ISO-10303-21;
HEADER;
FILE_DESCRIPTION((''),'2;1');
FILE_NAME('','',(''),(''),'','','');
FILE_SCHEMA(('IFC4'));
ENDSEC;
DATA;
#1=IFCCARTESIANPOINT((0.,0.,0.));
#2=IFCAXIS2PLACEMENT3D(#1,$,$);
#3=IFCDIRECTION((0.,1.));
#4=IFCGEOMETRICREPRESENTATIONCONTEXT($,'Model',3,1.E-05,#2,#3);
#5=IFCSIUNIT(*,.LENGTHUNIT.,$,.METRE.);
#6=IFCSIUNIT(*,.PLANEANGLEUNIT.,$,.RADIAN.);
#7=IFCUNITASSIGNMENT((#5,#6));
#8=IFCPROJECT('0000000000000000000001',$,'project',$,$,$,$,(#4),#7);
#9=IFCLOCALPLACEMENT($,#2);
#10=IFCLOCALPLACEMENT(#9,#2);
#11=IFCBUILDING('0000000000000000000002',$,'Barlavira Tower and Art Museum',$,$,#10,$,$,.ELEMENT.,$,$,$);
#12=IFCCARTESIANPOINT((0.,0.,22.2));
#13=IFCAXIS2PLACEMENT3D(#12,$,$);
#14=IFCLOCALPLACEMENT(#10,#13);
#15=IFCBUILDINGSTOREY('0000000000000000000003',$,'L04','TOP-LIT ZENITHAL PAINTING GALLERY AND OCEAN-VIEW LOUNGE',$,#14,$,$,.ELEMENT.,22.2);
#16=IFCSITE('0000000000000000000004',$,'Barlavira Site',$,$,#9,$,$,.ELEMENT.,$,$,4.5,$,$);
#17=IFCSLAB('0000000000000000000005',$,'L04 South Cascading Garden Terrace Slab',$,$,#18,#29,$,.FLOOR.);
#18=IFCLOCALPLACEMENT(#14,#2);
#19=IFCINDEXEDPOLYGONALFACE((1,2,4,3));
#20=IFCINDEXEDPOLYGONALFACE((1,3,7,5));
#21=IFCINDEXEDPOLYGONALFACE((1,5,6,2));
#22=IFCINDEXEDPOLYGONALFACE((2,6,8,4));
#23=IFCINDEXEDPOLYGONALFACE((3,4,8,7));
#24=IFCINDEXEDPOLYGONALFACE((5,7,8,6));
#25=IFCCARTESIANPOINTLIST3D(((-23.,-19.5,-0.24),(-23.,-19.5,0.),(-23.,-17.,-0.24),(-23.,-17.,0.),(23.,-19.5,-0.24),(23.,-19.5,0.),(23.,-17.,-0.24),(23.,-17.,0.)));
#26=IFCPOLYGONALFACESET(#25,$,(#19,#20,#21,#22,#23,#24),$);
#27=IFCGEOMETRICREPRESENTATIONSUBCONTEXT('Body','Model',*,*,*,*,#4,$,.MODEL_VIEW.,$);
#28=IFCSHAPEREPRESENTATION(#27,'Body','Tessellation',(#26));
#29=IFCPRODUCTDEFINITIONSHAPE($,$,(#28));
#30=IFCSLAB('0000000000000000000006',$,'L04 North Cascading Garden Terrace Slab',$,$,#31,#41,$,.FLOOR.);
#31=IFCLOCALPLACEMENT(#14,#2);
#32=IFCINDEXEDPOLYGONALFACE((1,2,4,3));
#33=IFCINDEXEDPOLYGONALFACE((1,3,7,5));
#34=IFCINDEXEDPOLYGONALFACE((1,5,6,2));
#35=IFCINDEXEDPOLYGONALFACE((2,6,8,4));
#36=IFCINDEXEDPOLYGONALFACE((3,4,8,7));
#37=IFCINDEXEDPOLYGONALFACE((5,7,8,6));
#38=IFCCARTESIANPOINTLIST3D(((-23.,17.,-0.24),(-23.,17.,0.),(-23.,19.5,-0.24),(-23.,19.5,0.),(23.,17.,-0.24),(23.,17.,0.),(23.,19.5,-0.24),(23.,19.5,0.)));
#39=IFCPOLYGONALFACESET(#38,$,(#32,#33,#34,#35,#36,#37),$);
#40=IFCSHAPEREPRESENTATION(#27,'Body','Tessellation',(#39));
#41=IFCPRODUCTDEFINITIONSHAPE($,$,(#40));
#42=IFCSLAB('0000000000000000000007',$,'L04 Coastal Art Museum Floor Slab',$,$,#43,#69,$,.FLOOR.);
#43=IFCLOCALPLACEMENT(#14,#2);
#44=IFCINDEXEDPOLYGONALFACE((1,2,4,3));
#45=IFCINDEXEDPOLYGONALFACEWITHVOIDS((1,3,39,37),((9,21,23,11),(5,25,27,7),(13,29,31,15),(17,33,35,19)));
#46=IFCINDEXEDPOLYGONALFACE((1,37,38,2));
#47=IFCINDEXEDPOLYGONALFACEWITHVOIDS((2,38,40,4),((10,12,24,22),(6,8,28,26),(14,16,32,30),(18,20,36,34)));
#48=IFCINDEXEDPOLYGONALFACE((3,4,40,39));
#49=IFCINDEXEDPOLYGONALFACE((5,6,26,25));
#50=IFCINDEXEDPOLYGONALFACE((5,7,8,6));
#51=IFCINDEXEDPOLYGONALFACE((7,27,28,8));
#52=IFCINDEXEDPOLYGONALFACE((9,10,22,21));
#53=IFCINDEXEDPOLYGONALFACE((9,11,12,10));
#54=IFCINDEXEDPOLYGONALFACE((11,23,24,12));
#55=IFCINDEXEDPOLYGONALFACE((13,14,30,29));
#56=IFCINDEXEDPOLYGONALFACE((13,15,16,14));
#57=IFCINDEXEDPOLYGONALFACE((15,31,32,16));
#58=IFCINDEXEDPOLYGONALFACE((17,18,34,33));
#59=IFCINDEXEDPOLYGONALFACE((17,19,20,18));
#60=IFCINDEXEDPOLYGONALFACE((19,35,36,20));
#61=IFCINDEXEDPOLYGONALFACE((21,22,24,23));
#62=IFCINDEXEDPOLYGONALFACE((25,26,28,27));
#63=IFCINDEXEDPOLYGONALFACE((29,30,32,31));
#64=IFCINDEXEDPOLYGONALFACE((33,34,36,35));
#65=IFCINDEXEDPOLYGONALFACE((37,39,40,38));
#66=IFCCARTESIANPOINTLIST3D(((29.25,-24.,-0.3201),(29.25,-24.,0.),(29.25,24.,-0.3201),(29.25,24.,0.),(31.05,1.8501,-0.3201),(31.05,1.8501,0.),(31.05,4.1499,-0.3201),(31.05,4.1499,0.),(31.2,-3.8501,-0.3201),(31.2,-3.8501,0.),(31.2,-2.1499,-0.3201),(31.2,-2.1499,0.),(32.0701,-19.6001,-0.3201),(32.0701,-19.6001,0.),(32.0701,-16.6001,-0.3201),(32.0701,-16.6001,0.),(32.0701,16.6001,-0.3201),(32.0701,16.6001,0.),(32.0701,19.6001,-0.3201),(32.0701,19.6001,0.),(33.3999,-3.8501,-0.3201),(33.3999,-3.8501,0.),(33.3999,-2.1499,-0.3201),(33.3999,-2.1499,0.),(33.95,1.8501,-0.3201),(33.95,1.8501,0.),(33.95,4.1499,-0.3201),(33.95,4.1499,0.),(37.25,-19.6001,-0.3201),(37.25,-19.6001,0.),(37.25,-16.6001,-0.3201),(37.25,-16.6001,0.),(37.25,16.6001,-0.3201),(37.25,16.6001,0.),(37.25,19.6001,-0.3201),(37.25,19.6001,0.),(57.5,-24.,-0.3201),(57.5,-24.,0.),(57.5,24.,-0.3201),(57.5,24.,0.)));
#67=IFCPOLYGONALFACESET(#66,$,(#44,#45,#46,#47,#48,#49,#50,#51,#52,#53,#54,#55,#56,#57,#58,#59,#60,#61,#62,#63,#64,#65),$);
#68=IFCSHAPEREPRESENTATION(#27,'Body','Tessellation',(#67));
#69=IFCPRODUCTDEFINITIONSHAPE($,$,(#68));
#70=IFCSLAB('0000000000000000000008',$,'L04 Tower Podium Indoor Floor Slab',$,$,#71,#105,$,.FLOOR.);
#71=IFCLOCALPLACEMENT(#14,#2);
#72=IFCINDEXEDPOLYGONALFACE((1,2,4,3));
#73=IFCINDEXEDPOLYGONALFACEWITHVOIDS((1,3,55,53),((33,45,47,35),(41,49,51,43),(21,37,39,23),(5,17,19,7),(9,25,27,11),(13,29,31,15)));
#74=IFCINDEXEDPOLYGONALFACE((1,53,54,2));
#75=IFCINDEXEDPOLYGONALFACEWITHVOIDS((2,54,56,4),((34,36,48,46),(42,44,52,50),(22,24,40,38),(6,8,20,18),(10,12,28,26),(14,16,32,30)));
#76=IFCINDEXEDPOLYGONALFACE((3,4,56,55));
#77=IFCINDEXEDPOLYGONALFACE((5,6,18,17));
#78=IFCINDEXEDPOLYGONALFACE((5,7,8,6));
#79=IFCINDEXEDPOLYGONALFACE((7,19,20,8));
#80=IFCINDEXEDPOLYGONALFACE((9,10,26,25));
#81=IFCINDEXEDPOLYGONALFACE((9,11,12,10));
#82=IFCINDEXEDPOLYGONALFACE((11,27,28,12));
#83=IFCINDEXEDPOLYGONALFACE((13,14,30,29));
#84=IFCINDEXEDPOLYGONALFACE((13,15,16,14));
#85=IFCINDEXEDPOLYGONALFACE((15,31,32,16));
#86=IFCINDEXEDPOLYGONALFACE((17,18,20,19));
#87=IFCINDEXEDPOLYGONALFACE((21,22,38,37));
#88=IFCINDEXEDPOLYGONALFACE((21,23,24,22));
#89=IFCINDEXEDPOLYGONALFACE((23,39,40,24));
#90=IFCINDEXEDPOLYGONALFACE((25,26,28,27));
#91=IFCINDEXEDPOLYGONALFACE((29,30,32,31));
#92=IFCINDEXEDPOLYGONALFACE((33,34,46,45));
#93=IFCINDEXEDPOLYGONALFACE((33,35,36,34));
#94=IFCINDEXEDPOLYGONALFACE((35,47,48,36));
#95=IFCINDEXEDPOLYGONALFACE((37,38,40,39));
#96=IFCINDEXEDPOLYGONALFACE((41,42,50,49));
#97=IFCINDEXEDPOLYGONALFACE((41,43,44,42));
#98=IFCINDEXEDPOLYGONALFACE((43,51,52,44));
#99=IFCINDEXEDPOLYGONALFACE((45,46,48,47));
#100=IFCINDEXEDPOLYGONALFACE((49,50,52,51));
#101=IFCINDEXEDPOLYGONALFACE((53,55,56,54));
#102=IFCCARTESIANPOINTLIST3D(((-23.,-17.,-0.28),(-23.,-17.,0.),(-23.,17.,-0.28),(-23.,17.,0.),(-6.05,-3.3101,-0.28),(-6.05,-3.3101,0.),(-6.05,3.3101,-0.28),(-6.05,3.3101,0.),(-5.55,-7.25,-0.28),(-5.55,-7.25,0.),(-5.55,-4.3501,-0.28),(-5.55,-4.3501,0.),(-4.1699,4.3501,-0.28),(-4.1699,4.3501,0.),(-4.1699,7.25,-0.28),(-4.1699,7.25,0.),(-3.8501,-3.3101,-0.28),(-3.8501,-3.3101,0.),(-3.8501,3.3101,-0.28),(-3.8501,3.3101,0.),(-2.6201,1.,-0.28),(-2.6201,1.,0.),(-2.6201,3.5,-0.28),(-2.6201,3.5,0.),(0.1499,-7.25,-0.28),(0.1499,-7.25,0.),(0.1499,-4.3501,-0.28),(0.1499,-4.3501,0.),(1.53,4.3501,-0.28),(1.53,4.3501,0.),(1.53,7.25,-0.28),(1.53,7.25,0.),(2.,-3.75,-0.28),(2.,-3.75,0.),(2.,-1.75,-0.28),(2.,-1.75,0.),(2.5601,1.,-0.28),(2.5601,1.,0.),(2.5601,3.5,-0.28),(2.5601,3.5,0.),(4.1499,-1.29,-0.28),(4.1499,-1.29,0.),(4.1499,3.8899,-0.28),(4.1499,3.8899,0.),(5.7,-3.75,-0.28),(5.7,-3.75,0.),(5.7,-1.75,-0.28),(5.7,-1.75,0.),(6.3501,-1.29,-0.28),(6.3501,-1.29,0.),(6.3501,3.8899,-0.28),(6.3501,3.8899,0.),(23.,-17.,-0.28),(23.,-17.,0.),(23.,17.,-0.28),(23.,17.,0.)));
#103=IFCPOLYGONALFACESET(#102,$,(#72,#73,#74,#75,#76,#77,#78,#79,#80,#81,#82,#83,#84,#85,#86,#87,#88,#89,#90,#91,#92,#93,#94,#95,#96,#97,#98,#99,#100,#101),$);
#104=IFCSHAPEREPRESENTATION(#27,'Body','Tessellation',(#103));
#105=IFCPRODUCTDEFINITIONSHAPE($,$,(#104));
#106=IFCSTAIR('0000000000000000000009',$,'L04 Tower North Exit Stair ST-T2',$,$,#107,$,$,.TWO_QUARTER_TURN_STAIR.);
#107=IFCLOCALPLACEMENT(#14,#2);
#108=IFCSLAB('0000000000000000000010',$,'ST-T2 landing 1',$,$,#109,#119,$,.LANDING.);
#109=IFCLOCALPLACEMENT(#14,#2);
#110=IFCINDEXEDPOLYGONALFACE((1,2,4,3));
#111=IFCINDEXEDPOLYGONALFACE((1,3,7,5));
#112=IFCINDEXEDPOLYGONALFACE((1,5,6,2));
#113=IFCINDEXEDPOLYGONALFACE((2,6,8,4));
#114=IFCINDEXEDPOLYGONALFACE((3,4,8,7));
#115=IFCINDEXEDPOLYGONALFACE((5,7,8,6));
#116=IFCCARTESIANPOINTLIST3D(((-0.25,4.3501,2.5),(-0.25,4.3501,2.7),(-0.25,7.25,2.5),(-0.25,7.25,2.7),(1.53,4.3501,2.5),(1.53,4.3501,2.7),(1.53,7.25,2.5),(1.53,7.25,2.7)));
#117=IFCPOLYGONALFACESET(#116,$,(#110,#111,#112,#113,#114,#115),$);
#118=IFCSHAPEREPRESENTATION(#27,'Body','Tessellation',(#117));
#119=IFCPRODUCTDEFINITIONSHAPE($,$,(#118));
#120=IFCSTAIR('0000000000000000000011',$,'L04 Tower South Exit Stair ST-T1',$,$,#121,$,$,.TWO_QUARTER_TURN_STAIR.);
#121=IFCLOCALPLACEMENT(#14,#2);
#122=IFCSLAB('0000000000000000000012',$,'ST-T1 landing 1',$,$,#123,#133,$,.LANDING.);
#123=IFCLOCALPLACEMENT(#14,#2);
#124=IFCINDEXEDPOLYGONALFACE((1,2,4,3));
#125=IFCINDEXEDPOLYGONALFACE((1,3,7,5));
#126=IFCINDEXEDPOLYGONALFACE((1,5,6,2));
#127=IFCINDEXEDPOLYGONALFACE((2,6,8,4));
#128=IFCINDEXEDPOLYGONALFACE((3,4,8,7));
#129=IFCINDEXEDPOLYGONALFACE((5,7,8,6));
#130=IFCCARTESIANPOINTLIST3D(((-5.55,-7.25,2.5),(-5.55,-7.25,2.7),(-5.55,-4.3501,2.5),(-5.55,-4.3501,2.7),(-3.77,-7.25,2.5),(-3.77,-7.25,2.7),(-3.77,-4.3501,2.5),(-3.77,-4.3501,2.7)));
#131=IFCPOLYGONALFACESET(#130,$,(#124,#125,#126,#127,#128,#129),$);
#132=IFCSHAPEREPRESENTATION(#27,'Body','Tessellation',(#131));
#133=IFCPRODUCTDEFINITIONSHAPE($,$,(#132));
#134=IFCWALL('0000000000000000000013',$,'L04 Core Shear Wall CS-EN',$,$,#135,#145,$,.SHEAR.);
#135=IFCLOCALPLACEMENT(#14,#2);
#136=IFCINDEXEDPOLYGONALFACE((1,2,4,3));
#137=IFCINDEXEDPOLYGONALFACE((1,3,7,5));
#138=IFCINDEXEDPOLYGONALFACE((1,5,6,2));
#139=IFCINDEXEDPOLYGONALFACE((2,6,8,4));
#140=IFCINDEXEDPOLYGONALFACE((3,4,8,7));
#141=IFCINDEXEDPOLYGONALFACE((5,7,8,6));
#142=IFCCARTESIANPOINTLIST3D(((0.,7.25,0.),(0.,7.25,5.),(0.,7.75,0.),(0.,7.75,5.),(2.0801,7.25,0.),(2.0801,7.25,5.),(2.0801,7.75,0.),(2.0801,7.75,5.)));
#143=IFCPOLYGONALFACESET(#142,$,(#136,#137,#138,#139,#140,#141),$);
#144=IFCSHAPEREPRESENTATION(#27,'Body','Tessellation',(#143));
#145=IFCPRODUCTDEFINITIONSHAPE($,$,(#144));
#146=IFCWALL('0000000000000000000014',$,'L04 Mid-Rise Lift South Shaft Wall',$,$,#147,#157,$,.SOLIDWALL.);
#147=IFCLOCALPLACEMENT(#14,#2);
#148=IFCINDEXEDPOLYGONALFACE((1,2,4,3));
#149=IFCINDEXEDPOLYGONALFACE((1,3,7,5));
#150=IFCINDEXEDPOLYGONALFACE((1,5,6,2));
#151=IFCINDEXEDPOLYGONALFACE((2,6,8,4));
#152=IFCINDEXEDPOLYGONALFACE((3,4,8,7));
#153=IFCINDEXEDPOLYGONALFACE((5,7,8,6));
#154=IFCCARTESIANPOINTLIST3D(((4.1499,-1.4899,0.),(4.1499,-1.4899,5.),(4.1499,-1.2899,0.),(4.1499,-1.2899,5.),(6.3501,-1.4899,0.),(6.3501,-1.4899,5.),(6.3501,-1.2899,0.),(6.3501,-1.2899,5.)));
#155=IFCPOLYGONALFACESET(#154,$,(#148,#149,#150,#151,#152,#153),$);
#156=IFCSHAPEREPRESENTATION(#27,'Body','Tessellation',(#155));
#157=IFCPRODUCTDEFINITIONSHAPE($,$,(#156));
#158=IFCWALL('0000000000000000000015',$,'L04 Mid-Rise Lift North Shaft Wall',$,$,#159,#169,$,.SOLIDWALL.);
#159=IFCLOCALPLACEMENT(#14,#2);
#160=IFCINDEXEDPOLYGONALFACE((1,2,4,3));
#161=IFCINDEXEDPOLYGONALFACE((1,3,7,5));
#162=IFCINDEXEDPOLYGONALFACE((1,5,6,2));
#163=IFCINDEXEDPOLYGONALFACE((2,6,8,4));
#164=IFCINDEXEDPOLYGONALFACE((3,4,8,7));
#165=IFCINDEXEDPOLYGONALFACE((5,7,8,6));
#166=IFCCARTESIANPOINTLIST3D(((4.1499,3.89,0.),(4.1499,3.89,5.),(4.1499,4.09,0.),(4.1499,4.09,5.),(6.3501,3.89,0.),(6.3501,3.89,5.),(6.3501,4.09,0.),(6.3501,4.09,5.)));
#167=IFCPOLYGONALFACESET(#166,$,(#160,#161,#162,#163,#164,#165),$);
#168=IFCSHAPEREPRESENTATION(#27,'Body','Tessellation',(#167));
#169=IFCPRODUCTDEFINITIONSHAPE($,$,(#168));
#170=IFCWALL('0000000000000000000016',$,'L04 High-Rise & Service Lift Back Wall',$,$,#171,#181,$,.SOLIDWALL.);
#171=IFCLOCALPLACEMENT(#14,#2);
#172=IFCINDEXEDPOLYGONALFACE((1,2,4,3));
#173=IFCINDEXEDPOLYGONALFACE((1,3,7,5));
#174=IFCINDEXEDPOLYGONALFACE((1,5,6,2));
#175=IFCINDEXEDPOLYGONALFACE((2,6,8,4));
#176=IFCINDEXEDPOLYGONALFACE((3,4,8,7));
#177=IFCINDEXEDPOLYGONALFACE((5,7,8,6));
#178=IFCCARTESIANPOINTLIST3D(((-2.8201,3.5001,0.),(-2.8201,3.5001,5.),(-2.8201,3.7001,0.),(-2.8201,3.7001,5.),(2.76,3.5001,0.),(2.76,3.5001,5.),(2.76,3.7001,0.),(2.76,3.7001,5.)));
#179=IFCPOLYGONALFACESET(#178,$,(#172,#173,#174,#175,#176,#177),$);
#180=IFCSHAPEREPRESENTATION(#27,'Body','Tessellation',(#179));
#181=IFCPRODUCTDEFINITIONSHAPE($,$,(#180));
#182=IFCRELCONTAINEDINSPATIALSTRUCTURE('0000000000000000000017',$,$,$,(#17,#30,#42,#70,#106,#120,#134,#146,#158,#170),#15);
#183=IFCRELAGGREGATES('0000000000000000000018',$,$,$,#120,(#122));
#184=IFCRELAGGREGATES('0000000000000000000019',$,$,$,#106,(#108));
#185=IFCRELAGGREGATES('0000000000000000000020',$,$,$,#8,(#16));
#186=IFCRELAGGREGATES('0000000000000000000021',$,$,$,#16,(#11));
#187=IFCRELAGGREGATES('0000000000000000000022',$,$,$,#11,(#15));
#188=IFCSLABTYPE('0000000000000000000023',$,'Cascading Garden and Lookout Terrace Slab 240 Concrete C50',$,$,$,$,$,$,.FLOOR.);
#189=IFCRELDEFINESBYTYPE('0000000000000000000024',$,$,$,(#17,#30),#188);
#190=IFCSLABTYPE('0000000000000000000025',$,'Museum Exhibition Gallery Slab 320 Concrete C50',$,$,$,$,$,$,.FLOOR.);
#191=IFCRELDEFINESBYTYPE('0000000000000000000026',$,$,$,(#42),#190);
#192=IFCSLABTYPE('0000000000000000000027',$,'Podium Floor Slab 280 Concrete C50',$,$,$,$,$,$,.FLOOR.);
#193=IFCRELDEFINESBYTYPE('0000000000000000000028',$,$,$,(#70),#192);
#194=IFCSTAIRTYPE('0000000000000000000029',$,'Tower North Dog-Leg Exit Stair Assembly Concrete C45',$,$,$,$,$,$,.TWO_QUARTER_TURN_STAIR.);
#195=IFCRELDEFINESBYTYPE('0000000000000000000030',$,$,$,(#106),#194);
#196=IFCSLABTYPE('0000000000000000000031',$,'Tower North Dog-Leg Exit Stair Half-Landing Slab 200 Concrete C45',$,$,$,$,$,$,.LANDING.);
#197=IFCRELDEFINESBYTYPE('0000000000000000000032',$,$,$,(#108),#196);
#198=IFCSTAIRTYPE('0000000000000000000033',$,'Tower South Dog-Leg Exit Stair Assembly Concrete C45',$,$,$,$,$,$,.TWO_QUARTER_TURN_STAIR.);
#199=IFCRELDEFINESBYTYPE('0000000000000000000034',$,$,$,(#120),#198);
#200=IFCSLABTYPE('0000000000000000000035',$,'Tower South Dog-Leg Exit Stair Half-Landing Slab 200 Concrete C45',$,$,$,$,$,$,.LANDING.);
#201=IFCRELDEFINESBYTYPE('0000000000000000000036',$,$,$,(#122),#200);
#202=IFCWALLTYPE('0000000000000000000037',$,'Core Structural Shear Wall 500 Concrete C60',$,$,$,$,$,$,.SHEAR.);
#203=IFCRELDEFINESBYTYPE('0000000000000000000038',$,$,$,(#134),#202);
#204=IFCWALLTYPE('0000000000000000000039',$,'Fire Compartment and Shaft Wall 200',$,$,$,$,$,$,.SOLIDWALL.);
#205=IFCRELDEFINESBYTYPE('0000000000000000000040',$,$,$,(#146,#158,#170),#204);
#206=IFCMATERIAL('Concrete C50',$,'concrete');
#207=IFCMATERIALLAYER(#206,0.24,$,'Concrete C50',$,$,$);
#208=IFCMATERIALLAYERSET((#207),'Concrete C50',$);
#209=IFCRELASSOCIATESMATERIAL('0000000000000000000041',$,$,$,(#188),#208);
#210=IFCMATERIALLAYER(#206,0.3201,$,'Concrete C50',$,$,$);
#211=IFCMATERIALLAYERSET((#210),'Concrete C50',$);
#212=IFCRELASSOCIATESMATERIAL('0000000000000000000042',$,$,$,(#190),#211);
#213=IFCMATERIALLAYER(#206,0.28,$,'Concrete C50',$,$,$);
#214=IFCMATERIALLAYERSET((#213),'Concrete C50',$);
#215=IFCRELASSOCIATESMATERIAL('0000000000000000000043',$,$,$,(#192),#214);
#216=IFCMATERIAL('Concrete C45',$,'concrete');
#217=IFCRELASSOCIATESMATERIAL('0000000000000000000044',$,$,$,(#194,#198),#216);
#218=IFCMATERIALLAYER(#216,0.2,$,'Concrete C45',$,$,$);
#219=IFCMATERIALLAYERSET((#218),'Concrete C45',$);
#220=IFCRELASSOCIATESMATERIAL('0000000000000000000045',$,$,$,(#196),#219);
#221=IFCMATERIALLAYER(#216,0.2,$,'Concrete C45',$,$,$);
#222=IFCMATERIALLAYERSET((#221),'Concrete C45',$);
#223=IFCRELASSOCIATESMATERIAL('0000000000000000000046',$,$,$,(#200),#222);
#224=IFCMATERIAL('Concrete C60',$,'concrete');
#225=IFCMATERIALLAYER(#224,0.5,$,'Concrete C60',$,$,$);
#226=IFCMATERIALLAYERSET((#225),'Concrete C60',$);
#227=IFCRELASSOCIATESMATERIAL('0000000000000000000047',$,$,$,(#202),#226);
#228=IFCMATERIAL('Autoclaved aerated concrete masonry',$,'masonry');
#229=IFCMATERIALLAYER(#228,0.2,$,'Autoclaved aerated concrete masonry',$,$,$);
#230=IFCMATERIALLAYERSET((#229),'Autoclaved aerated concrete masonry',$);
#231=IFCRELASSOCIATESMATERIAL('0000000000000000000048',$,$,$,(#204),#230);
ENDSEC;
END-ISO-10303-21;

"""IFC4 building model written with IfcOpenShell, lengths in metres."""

from ifc_helpers import new_model, si_unit, direction, frame, frame_2d, origin, place, context, subcontext, project, spatial, polyline, rectangle, outline, extrude, material, layer, layer_set, type_object, element, aggregate, save


model = new_model("IFC4")

# Units and contexts
model_context = context("Model", 3, precision=1e-05, world=origin(), true_north=direction((0.0, 1.0)))
body_context = subcontext(model_context, "Body", "Model", "MODEL_VIEW")
ifc_project = project(units=[si_unit("LENGTHUNIT", "METRE"), si_unit("PLANEANGLEUNIT", "RADIAN")], contexts=[model_context])

# Site, building, storey
site_placement = place(None, origin())
site = spatial("IfcSite", under=ifc_project, at=site_placement, Name="Barlavira Site", CompositionType="ELEMENT", RefElevation=4.5)
building_placement = place(site_placement, origin())
building = spatial("IfcBuilding", under=site, at=building_placement, Name="Barlavira Tower and Art Museum", CompositionType="ELEMENT")
storey_placement = place(building_placement, frame((0.0, 0.0, 22.2)))
storey = spatial("IfcBuildingStorey", under=building, at=storey_placement, Name="L04", Description="TOP-LIT ZENITHAL PAINTING GALLERY AND OCEAN-VIEW LOUNGE", CompositionType="ELEMENT", Elevation=22.2)

# Slabs
ifc_material_1 = material(Name="Concrete C50", Category="concrete")
ifc_layer_1 = layer(ifc_material_1, 0.24, Name="Concrete C50")
ifc_layer_set_1 = layer_set([ifc_layer_1], Name="Concrete C50")
slab_type_1 = type_object("IfcSlabType", Name="Cascading Garden and Lookout Terrace Slab 240 Concrete C50", PredefinedType="FLOOR", material=ifc_layer_set_1)
slab_1_placement = place(storey_placement, frame((0.0, 0.0, -0.24)))
element("IfcSlab", 1, at=slab_1_placement, inside=storey, type_object=slab_type_1, Name="L04 South Cascading Garden Terrace Slab", PredefinedType="FLOOR", context=body_context, shape_type="SweptSolid", body=[
    extrude(outline(polyline([(-23.0, -19.5), (23.0, -19.5), (23.0, -17.0), (-23.0, -17.0), (-23.0, -19.5)])), origin(), (0.0, 0.0, 1.0), 0.24),
])
slab_2_placement = place(storey_placement, frame((0.0, 0.0, -0.24)))
element("IfcSlab", 2, at=slab_2_placement, inside=storey, type_object=slab_type_1, Name="L04 North Cascading Garden Terrace Slab", PredefinedType="FLOOR", context=body_context, shape_type="SweptSolid", body=[
    extrude(outline(polyline([(-23.0, 17.0), (23.0, 17.0), (23.0, 19.5), (-23.0, 19.5), (-23.0, 17.0)])), origin(), (0.0, 0.0, 1.0), 0.24),
])
ifc_layer_2 = layer(ifc_material_1, 0.3201, Name="Concrete C50")
ifc_layer_set_2 = layer_set([ifc_layer_2], Name="Concrete C50")
slab_type_2 = type_object("IfcSlabType", Name="Museum Exhibition Gallery Slab 320 Concrete C50", PredefinedType="FLOOR", material=ifc_layer_set_2)
slab_3_placement = place(storey_placement, frame((0.0, 0.0, -0.3201)))
element("IfcSlab", 3, at=slab_3_placement, inside=storey, type_object=slab_type_2, Name="L04 Coastal Art Museum Floor Slab", PredefinedType="FLOOR", context=body_context, shape_type="SweptSolid", body=[
    extrude(outline(polyline([(29.25, -24.0), (57.5, -24.0), (57.5, 24.0), (29.25, 24.0), (29.25, -24.0)]), holes=[polyline([(32.0701, -19.6001), (37.25, -19.6001), (37.25, -16.6001), (32.0701, -16.6001), (32.0701, -19.6001)]), polyline([(32.0701, 16.6001), (37.25, 16.6001), (37.25, 19.6001), (32.0701, 19.6001), (32.0701, 16.6001)]), polyline([(31.2, -3.8501), (33.3999, -3.8501), (33.3999, -2.1499), (31.2, -2.1499), (31.2, -3.8501)]), polyline([(31.05, 1.8501), (33.95, 1.8501), (33.95, 4.1499), (31.05, 4.1499), (31.05, 1.8501)])]), origin(), (0.0, 0.0, 1.0), 0.3201),
])
ifc_layer_3 = layer(ifc_material_1, 0.28, Name="Concrete C50")
ifc_layer_set_3 = layer_set([ifc_layer_3], Name="Concrete C50")
slab_type_3 = type_object("IfcSlabType", Name="Podium Floor Slab 280 Concrete C50", PredefinedType="FLOOR", material=ifc_layer_set_3)
slab_4_placement = place(storey_placement, frame((0.0, 0.0, -0.28)))
element("IfcSlab", 4, at=slab_4_placement, inside=storey, type_object=slab_type_3, Name="L04 Tower Podium Indoor Floor Slab", PredefinedType="FLOOR", context=body_context, shape_type="SweptSolid", body=[
    extrude(outline(polyline([(-23.0, -17.0), (23.0, -17.0), (23.0, 17.0), (-23.0, 17.0), (-23.0, -17.0)]), holes=[polyline([(0.1499, -4.3501), (-5.55, -4.3501), (-5.55, -7.25), (0.1499, -7.25), (0.1499, -4.3501)]), polyline([(-4.1699, 4.3501), (1.53, 4.3501), (1.53, 7.25), (-4.1699, 7.25), (-4.1699, 4.3501)]), polyline([(-6.05, -3.3101), (-3.8501, -3.3101), (-3.8501, 3.3101), (-6.05, 3.3101), (-6.05, -3.3101)]), polyline([(4.1499, -1.29), (6.3501, -1.29), (6.3501, 3.8899), (4.1499, 3.8899), (4.1499, -1.29)]), polyline([(-2.6201, 1.0), (2.5601, 1.0), (2.5601, 3.5), (-2.6201, 3.5), (-2.6201, 1.0)]), polyline([(2.0, -3.75), (5.7, -3.75), (5.7, -1.75), (2.0, -1.75), (2.0, -3.75)])]), origin(), (0.0, 0.0, 1.0), 0.28),
])

# Stairs, slabs
ifc_material_2 = material(Name="Concrete C45", Category="concrete")
stair_type_1 = type_object("IfcStairType", Name="Tower North Dog-Leg Exit Stair Assembly Concrete C45", PredefinedType="TWO_QUARTER_TURN_STAIR", material=ifc_material_2)
stair_1_placement = place(storey_placement, origin())
stair_1 = element("IfcStair", 5, at=stair_1_placement, inside=storey, type_object=stair_type_1, Name="L04 Tower North Exit Stair ST-T2", PredefinedType="TWO_QUARTER_TURN_STAIR")
ifc_layer_4 = layer(ifc_material_2, 0.2, Name="Concrete C45")
ifc_layer_set_4 = layer_set([ifc_layer_4], Name="Concrete C45")
slab_type_4 = type_object("IfcSlabType", Name="Tower North Dog-Leg Exit Stair Half-Landing Slab 200 Concrete C45", PredefinedType="LANDING", material=ifc_layer_set_4)
slab_5_placement = place(storey_placement, frame((0.0, 0.0, 2.5)))
slab_5 = element("IfcSlab", 6, at=slab_5_placement, type_object=slab_type_4, Name="ST-T2 landing 1", PredefinedType="LANDING", context=body_context, shape_type="SweptSolid", body=[
    extrude(outline(polyline([(-0.25, 4.3501), (1.53, 4.3501), (1.53, 7.25), (-0.25, 7.25), (-0.25, 4.3501)])), origin(), (0.0, 0.0, 1.0), 0.2),
])
stair_type_2 = type_object("IfcStairType", Name="Tower South Dog-Leg Exit Stair Assembly Concrete C45", PredefinedType="TWO_QUARTER_TURN_STAIR", material=ifc_material_2)
stair_2_placement = place(storey_placement, origin())
stair_2 = element("IfcStair", 7, at=stair_2_placement, inside=storey, type_object=stair_type_2, Name="L04 Tower South Exit Stair ST-T1", PredefinedType="TWO_QUARTER_TURN_STAIR")
ifc_layer_5 = layer(ifc_material_2, 0.2, Name="Concrete C45")
ifc_layer_set_5 = layer_set([ifc_layer_5], Name="Concrete C45")
slab_type_5 = type_object("IfcSlabType", Name="Tower South Dog-Leg Exit Stair Half-Landing Slab 200 Concrete C45", PredefinedType="LANDING", material=ifc_layer_set_5)
slab_6_placement = place(storey_placement, frame((0.0, 0.0, 2.5)))
slab_6 = element("IfcSlab", 8, at=slab_6_placement, type_object=slab_type_5, Name="ST-T1 landing 1", PredefinedType="LANDING", context=body_context, shape_type="SweptSolid", body=[
    extrude(outline(polyline([(-3.77, -4.3501), (-5.55, -4.3501), (-5.55, -7.25), (-3.77, -7.25), (-3.77, -4.3501)])), origin(), (0.0, 0.0, 1.0), 0.2),
])
aggregate(stair_2, [slab_6])

# Wall
ifc_material_3 = material(Name="Concrete C60", Category="concrete")
ifc_layer_6 = layer(ifc_material_3, 0.5, Name="Concrete C60")
ifc_layer_set_6 = layer_set([ifc_layer_6], Name="Concrete C60")
wall_type_1 = type_object("IfcWallType", Name="Core Structural Shear Wall 500 Concrete C60", PredefinedType="SHEAR", material=ifc_layer_set_6)
wall_1_placement = place(storey_placement, frame((0.0, 7.5, 0.0), z_axis=(0.0, 0.0, 1.0), x_axis=(1.0, 0.0, 0.0)))
element("IfcWall", 9, at=wall_1_placement, inside=storey, type_object=wall_type_1, Name="L04 Core Shear Wall CS-EN", PredefinedType="SHEAR", context=body_context, shape_type="SweptSolid", body=[
    extrude(rectangle(XDim=2.0801, YDim=0.5, at=frame_2d((1.04, 0.0))), origin(), (0.0, 0.0, 1.0), 5.0),
])

# Shared definitions
ifc_material_4 = material(Name="Autoclaved aerated concrete masonry", Category="masonry")
ifc_layer_7 = layer(ifc_material_4, 0.2, Name="Autoclaved aerated concrete masonry")
ifc_layer_set_7 = layer_set([ifc_layer_7], Name="Autoclaved aerated concrete masonry")
wall_type_2 = type_object("IfcWallType", Name="Fire Compartment and Shaft Wall 200", PredefinedType="SOLIDWALL", material=ifc_layer_set_7)

# Walls
for number, where, z_axis, x_axis, name in (
    (10, (4.1499, -1.3899, 0.0), (0.0, 0.0, 1.0), (1.0, 0.0, 0.0), "L04 Mid-Rise Lift South Shaft Wall"),
    (11, (4.1499, 3.99, 0.0), (0.0, 0.0, 1.0), (1.0, 0.0, 0.0), "L04 Mid-Rise Lift North Shaft Wall"),
):
    element("IfcWall", number, at=place(storey_placement, frame(where, z_axis=z_axis, x_axis=x_axis)), inside=storey, type_object=wall_type_2, Name=name, PredefinedType="SOLIDWALL", context=body_context, shape_type="SweptSolid", body=[
        extrude(rectangle(XDim=2.2002, YDim=0.2, at=frame_2d((1.1001, 0.0))), origin(), (0.0, 0.0, 1.0), 5.0),
    ])

# Wall
wall_2_placement = place(storey_placement, frame((-2.8201, 3.6001, 0.0), z_axis=(0.0, 0.0, 1.0), x_axis=(1.0, 0.0, 0.0)))
element("IfcWall", 12, at=wall_2_placement, inside=storey, type_object=wall_type_2, Name="L04 High-Rise & Service Lift Back Wall", PredefinedType="SOLIDWALL", context=body_context, shape_type="SweptSolid", body=[
    extrude(rectangle(XDim=5.5801, YDim=0.2, at=frame_2d((2.79, 0.0))), origin(), (0.0, 0.0, 1.0), 5.0),
])

aggregate(stair_1, [slab_5])

save(model, "model.ifc")
